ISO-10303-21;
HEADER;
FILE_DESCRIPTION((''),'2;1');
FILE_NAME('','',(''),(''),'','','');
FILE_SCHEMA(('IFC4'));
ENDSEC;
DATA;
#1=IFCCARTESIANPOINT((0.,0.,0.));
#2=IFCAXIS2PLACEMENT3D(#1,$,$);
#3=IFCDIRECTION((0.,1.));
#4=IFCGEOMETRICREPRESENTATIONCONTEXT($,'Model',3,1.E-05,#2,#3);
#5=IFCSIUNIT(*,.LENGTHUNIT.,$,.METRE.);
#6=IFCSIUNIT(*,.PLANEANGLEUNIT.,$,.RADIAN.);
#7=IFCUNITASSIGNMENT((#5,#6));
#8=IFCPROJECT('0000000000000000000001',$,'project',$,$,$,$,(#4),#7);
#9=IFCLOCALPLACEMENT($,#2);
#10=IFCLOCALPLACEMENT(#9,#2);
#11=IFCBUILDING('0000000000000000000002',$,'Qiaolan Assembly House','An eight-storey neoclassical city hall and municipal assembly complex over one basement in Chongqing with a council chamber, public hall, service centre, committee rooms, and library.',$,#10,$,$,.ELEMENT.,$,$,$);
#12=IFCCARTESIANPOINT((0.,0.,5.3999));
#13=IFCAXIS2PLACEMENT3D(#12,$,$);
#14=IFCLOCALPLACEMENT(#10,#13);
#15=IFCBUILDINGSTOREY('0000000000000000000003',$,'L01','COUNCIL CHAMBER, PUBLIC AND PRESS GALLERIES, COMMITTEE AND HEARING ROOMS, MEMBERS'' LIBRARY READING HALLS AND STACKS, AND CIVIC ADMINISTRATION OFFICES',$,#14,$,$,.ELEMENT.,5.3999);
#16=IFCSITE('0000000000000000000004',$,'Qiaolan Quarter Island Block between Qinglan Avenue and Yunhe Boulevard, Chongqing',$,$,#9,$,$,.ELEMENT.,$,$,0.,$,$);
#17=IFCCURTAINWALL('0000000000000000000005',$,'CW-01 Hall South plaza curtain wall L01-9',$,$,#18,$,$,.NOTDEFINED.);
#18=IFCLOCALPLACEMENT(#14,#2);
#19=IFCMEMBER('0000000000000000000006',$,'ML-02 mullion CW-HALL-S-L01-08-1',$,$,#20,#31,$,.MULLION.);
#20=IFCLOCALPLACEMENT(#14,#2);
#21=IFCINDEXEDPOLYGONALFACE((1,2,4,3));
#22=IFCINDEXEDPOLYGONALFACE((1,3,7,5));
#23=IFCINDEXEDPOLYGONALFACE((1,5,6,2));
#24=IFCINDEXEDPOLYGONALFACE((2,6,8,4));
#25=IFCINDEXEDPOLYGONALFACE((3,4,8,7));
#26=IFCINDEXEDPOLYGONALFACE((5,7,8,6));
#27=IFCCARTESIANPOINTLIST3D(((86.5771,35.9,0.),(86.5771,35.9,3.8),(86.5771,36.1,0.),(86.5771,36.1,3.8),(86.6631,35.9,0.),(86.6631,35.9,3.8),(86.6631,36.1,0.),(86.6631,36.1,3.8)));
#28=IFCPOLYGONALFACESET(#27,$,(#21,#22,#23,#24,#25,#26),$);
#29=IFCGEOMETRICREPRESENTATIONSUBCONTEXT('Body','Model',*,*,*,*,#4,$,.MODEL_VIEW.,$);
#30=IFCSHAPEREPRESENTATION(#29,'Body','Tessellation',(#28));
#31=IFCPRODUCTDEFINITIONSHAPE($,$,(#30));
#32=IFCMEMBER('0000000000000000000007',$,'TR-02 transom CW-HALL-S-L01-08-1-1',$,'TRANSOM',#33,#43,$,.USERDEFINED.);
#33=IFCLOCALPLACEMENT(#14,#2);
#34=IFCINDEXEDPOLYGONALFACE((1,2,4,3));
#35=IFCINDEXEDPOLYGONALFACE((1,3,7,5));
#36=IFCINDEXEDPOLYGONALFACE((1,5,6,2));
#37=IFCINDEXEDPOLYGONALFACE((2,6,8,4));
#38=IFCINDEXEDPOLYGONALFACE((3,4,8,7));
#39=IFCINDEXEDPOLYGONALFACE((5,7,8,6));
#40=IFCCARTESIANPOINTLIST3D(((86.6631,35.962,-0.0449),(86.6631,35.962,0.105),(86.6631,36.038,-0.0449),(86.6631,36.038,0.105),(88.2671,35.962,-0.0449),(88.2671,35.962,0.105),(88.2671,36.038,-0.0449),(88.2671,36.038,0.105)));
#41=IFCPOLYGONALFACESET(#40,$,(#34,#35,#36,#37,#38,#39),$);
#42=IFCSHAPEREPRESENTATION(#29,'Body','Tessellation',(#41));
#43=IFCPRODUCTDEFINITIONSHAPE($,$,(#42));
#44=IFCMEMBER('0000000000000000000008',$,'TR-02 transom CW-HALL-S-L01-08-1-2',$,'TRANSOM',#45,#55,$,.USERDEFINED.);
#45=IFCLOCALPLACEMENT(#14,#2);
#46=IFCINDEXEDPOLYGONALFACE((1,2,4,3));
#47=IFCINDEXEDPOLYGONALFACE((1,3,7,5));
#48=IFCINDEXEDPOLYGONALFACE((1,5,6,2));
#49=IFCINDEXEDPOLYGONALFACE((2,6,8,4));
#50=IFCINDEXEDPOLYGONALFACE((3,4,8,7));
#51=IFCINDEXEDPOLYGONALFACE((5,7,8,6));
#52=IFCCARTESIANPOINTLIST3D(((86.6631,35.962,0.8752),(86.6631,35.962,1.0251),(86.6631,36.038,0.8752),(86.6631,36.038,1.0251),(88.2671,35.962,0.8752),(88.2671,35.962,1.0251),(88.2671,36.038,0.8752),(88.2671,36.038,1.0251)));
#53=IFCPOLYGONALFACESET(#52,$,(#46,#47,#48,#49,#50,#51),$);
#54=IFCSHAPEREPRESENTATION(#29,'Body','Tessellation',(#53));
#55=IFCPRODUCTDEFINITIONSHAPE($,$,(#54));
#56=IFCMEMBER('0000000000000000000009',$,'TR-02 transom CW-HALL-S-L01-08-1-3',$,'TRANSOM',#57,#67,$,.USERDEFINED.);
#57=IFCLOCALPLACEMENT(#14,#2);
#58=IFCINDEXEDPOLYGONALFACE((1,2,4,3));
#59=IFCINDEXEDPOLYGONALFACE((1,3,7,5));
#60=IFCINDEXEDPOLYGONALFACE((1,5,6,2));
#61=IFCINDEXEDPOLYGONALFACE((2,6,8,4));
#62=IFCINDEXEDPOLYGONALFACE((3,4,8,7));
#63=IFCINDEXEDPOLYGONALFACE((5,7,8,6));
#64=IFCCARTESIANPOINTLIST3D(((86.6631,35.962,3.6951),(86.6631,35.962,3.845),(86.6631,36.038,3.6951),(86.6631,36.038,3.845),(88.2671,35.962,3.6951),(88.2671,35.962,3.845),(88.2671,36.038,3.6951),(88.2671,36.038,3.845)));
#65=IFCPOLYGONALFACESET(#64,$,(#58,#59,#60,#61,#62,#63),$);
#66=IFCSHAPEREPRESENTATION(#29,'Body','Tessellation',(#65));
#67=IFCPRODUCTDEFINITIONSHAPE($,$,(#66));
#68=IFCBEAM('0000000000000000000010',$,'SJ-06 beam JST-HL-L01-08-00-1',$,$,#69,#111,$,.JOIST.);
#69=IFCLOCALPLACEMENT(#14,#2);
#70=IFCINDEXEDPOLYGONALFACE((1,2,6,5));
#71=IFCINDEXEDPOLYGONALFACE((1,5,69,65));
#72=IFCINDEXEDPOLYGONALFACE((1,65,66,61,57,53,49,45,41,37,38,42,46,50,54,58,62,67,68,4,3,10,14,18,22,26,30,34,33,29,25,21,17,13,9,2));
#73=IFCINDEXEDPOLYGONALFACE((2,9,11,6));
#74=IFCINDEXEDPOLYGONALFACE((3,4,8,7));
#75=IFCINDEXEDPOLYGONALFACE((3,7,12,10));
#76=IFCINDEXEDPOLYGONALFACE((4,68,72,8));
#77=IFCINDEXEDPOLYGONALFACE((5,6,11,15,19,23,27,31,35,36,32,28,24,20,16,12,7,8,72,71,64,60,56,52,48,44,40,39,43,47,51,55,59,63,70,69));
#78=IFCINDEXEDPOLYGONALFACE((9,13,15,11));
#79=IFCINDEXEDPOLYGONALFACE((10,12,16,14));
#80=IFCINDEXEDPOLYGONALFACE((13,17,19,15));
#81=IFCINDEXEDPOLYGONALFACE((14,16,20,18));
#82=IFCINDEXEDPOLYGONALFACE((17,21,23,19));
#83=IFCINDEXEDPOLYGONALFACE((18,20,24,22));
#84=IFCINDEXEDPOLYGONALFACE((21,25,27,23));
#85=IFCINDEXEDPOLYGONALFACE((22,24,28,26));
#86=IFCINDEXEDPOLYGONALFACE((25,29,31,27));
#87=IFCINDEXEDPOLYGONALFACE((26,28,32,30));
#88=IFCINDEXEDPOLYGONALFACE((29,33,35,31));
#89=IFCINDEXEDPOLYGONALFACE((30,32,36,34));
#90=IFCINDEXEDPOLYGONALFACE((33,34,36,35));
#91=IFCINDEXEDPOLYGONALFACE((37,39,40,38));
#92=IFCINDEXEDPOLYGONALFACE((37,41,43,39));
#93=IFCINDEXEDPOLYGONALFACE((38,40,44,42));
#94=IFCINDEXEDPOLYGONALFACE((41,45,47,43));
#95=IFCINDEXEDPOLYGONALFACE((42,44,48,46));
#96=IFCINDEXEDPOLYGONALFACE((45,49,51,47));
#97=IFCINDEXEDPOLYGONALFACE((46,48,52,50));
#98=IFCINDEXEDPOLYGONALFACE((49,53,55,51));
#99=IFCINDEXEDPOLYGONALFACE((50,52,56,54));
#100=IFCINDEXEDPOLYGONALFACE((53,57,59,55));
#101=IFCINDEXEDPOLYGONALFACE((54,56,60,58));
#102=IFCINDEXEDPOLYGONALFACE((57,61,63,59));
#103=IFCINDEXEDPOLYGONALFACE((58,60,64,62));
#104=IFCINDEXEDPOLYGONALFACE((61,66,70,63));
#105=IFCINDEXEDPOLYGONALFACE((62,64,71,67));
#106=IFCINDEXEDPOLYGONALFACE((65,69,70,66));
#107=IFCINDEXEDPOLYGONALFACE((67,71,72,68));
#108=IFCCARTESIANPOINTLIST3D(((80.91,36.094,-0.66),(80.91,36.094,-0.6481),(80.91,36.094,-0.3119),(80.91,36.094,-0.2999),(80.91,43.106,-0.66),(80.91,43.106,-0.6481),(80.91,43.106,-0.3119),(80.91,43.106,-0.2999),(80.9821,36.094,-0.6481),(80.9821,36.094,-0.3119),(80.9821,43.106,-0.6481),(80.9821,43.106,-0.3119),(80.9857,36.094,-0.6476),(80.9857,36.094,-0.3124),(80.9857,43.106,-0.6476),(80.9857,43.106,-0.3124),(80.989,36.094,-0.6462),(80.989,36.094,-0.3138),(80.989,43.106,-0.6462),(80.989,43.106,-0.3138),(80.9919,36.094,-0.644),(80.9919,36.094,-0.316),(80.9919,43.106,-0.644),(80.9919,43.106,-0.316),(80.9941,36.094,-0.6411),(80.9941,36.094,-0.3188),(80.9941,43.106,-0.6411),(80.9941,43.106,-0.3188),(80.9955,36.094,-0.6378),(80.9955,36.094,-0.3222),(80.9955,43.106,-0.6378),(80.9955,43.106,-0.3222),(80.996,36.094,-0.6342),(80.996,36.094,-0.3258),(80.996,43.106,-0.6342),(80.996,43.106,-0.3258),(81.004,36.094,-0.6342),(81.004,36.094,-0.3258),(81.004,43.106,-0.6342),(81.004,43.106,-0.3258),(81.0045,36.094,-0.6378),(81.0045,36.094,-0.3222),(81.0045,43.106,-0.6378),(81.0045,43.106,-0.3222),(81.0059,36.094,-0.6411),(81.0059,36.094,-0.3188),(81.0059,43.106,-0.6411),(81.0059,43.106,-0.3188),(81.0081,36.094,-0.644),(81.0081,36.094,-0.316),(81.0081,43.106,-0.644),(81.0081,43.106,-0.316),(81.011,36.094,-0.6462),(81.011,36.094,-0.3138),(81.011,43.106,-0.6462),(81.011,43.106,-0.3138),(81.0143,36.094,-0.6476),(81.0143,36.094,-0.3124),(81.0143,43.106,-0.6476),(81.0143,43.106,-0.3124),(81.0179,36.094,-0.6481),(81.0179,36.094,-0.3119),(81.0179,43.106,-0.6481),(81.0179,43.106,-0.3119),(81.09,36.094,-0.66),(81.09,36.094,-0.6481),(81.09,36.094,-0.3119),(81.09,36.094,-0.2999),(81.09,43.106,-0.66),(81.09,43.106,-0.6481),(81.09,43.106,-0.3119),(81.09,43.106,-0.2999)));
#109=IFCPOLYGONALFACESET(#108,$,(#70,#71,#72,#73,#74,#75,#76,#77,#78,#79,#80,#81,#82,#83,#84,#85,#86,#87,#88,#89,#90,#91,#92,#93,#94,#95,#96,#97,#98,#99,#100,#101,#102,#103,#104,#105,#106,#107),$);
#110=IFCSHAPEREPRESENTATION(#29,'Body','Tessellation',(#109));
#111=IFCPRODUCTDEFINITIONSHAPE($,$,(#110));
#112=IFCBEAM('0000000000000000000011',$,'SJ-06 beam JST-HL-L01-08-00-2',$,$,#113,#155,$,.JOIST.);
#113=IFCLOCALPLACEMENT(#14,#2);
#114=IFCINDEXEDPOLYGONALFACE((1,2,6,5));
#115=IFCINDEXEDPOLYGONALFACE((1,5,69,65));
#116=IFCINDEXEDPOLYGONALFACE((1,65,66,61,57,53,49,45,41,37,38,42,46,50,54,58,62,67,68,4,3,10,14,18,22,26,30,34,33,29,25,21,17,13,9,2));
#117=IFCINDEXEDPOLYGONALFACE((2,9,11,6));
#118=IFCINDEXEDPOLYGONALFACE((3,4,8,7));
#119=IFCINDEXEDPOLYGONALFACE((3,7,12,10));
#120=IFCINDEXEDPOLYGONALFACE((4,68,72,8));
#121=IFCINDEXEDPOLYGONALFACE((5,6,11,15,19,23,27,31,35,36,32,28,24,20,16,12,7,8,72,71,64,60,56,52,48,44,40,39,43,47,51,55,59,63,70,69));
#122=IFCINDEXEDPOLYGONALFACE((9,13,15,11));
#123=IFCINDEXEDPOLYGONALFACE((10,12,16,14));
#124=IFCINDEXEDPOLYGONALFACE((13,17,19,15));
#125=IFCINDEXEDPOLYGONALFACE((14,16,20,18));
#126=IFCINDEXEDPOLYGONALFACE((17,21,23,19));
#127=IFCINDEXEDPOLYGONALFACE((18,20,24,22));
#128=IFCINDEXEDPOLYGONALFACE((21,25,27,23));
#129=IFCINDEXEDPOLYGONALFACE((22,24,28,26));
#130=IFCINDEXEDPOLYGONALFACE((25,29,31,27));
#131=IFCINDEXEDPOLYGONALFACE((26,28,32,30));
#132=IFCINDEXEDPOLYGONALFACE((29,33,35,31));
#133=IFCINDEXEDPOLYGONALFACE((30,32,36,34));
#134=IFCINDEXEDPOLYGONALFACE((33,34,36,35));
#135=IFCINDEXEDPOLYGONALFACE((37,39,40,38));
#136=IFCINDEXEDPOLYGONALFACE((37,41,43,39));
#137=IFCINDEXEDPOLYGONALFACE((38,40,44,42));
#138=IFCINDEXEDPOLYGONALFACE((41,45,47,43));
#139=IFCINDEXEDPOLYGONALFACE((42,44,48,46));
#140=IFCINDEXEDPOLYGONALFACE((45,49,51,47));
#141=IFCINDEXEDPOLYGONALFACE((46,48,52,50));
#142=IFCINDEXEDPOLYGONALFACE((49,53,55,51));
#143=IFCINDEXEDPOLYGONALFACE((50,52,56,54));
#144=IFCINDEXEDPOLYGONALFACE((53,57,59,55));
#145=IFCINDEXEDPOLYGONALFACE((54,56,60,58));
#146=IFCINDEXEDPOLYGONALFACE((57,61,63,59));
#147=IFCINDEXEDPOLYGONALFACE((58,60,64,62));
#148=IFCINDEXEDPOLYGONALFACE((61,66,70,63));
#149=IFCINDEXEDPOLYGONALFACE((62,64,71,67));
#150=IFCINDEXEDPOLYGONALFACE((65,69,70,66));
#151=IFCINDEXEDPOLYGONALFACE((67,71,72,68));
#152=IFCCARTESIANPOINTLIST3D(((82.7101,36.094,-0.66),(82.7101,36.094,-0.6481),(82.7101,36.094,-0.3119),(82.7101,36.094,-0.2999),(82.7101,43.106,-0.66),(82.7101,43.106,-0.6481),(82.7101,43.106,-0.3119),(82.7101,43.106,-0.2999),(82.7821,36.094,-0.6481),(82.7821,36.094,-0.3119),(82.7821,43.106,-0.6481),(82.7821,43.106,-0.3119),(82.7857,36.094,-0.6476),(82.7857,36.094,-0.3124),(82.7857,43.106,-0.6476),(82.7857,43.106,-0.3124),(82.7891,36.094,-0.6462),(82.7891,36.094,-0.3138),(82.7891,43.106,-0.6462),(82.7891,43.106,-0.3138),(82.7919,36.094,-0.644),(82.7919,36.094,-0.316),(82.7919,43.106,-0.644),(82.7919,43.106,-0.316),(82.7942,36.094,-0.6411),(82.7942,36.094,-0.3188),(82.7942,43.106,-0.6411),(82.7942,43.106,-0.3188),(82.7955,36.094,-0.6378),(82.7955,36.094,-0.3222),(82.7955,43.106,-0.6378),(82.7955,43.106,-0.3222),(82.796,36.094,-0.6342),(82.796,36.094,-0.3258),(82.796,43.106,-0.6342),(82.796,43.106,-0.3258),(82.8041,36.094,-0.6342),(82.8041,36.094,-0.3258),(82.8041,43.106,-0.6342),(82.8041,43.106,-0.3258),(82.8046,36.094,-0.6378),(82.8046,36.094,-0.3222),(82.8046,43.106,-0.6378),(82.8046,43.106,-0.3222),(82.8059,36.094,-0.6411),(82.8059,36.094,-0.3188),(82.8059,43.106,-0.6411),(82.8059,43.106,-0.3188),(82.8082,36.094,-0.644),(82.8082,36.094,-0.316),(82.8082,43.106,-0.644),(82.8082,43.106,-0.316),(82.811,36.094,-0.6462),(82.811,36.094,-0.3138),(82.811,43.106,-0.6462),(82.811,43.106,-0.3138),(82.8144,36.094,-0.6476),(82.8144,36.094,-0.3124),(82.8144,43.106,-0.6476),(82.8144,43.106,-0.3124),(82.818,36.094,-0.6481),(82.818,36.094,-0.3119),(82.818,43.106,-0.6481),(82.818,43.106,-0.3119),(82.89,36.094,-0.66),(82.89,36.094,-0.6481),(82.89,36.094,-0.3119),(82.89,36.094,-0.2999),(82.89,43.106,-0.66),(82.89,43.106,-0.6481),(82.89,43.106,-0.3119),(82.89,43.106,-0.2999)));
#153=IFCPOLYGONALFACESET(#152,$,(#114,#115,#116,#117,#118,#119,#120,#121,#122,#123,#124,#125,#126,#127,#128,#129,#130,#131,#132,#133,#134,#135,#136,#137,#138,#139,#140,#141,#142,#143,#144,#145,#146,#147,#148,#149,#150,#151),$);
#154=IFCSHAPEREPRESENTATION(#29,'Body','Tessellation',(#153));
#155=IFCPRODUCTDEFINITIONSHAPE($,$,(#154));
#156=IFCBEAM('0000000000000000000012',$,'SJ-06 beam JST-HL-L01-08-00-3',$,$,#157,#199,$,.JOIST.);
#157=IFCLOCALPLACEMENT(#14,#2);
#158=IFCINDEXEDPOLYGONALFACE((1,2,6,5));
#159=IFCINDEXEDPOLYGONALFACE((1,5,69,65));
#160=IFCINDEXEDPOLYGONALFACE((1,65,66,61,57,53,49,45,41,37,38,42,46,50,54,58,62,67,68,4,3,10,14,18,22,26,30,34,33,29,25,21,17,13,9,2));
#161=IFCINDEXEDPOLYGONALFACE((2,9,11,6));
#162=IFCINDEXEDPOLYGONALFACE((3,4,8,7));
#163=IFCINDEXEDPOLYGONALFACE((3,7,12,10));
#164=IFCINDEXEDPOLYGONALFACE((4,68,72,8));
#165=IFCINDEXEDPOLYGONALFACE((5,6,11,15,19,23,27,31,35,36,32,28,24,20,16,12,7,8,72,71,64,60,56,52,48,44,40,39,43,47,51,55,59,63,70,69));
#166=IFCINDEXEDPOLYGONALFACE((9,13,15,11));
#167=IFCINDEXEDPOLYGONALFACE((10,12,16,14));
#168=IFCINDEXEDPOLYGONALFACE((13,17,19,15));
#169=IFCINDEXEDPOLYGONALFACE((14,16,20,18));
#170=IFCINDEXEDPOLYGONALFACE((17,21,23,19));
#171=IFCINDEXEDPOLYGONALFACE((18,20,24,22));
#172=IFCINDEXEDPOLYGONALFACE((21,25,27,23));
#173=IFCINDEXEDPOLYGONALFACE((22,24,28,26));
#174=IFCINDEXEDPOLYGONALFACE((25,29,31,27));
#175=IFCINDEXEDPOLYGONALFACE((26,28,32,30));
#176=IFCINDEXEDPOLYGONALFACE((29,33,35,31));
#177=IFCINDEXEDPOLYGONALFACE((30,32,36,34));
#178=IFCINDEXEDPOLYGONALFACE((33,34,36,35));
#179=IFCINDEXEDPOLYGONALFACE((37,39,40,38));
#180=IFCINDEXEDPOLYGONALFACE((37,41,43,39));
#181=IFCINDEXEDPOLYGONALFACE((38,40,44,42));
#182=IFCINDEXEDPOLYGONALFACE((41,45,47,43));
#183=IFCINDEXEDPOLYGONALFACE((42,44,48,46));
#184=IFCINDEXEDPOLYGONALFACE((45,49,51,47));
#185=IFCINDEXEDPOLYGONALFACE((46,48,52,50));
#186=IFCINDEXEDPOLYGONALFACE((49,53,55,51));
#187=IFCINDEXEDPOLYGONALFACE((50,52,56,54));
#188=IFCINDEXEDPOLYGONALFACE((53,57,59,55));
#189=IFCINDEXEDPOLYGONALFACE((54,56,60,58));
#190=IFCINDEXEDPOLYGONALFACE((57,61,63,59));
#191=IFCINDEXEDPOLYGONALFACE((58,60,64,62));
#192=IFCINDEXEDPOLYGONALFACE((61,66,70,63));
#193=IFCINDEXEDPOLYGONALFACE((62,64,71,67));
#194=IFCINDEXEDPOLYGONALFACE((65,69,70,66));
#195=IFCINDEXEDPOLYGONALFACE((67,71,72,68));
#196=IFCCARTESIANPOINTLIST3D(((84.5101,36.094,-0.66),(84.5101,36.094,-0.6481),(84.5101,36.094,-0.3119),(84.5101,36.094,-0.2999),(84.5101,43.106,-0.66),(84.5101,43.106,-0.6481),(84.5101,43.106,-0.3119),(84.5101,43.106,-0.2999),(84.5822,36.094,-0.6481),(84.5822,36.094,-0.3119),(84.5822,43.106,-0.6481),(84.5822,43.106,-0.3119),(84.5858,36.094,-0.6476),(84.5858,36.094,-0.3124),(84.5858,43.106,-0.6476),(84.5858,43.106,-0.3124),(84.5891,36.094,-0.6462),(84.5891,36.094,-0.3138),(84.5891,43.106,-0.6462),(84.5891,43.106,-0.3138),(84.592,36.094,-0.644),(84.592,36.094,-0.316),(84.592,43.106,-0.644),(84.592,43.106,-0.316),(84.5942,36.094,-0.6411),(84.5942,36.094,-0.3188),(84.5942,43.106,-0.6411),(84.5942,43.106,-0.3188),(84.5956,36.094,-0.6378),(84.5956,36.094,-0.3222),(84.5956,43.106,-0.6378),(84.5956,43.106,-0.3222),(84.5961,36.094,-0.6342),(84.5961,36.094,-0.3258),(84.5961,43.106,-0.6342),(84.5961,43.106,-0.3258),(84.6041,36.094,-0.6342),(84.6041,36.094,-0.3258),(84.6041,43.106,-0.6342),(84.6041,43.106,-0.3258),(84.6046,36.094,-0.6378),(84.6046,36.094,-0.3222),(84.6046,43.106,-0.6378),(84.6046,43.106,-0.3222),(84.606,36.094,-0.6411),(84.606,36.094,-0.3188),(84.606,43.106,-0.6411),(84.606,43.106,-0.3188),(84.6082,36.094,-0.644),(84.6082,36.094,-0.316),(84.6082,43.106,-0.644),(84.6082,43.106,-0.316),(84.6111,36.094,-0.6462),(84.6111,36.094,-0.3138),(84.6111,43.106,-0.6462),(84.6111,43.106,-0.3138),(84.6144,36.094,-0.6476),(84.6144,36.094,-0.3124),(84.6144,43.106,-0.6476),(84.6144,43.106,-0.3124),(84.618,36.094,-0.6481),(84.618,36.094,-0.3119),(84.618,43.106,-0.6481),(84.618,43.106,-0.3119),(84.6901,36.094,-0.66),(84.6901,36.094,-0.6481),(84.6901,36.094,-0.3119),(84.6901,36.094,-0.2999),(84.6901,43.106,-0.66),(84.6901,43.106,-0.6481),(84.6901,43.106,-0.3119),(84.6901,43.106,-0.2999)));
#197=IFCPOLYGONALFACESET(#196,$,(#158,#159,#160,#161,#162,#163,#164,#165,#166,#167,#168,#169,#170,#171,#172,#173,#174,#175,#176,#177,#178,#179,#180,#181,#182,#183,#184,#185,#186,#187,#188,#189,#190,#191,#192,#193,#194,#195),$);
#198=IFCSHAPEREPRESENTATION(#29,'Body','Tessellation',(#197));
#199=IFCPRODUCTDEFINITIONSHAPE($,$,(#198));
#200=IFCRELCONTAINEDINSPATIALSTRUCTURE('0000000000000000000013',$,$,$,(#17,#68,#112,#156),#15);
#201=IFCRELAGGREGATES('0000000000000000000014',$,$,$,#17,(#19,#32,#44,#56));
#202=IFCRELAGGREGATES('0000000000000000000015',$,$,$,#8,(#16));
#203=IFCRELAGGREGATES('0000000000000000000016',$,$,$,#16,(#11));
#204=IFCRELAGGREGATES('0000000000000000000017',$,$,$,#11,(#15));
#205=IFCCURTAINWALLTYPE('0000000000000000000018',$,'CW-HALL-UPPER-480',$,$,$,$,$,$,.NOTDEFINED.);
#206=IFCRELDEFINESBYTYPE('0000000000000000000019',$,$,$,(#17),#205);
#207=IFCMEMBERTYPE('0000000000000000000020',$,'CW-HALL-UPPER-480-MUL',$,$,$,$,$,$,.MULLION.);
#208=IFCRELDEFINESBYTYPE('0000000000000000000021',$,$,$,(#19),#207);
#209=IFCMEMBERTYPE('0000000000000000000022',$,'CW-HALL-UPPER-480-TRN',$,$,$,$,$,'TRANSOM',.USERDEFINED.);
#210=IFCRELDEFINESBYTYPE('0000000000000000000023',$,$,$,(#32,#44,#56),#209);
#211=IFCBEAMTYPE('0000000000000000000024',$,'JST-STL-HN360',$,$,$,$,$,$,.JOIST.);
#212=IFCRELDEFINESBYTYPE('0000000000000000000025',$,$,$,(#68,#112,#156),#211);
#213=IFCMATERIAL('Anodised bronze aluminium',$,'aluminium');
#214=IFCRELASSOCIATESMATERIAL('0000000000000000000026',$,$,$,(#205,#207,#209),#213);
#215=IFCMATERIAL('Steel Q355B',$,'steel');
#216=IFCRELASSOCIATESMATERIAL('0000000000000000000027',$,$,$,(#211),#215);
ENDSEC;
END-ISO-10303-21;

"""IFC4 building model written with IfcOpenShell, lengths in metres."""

from ifc_helpers import new_model, si_unit, direction, frame, origin, origin_2d, place, context, subcontext, project, spatial, rectangle, i_section, extrude, material, material_profile, profile_set, type_object, element, aggregate, save


model = new_model("IFC4")

# Units and contexts
model_context = context("Model", 3, precision=1e-05, world=origin(), true_north=direction((0.0, 1.0)))
body_context = subcontext(model_context, "Body", "Model", "MODEL_VIEW")
ifc_project = project(units=[si_unit("LENGTHUNIT", "METRE"), si_unit("PLANEANGLEUNIT", "RADIAN")], contexts=[model_context])

# Site, building, storey
site_placement = place(None, origin())
site = spatial("IfcSite", under=ifc_project, at=site_placement, Name="Qiaolan Quarter Island Block between Qinglan Avenue and Yunhe Boulevard, Chongqing", CompositionType="ELEMENT", RefElevation=0.0)
building_placement = place(site_placement, origin())
building = spatial("IfcBuilding", under=site, at=building_placement, Name="Qiaolan Assembly House", Description="An eight-storey neoclassical city hall and municipal assembly complex over one basement in Chongqing with a council chamber, public hall, service centre, committee rooms, and library.", CompositionType="ELEMENT")
storey_placement = place(building_placement, frame((0.0, 0.0, 5.3999)))
storey = spatial("IfcBuildingStorey", under=building, at=storey_placement, Name="L01", Description="COUNCIL CHAMBER, PUBLIC AND PRESS GALLERIES, COMMITTEE AND HEARING ROOMS, MEMBERS' LIBRARY READING HALLS AND STACKS, AND CIVIC ADMINISTRATION OFFICES", CompositionType="ELEMENT", Elevation=5.3999)

# Shared definitions
ifc_material_1 = material(Name="Steel Q355B", Category="steel")

# Curtain wall, members
ifc_material_2 = material(Name="Anodised bronze aluminium", Category="aluminium")
curtain_wall_type = type_object("IfcCurtainWallType", Name="CW-HALL-UPPER-480", PredefinedType="NOTDEFINED", material=ifc_material_2)
curtain_wall_placement = place(storey_placement, origin())
curtain_wall = element("IfcCurtainWall", 1, at=curtain_wall_placement, inside=storey, type_object=curtain_wall_type, Name="CW-01 Hall South plaza curtain wall L01-9", PredefinedType="NOTDEFINED")
ifc_material_profile_1 = material_profile(ifc_material_2, rectangle(XDim=0.0859, YDim=0.2, at=origin_2d()), Name="MUL 86x200")
ifc_profile_set_1 = profile_set([ifc_material_profile_1], Name="Anodised bronze aluminium")
member_type_1 = type_object("IfcMemberType", Name="CW-HALL-UPPER-480-MUL", PredefinedType="MULLION", material=ifc_profile_set_1)
member_1_placement = place(storey_placement, frame((86.6201, 36.0, 0.0), z_axis=(0.0, 0.0, 1.0), x_axis=(1.0, 0.0, 0.0)))
member_1 = element("IfcMember", 2, at=member_1_placement, type_object=member_type_1, Name="ML-02 mullion CW-HALL-S-L01-08-1", PredefinedType="MULLION", context=body_context, shape_type="SweptSolid", body=[
    extrude(rectangle(XDim=0.0859, YDim=0.2, at=origin_2d()), origin(), (0.0, 0.0, 1.0), 3.8),
])
ifc_material_profile_2 = material_profile(ifc_material_2, rectangle(XDim=0.0759, YDim=0.1499, at=origin_2d()), Name="TRN 76x150")
ifc_profile_set_2 = profile_set([ifc_material_profile_2], Name="Anodised bronze aluminium")
member_type_2 = type_object("IfcMemberType", Name="CW-HALL-UPPER-480-TRN", ElementType="TRANSOM", PredefinedType="USERDEFINED", material=ifc_profile_set_2)
member_2_placement = place(storey_placement, frame((86.6631, 36.0, 0.03), z_axis=(1.0, 0.0, 0.0), x_axis=(0.0, 1.0, 0.0)))
member_2 = element("IfcMember", 3, at=member_2_placement, type_object=member_type_2, Name="TR-02 transom CW-HALL-S-L01-08-1-1", ObjectType="TRANSOM", PredefinedType="USERDEFINED", context=body_context, shape_type="SweptSolid", body=[
    extrude(rectangle(XDim=0.0759, YDim=0.1499, at=origin_2d()), origin(), (0.0, 0.0, 1.0), 1.604),
])
member_3_placement = place(storey_placement, frame((86.6631, 36.0, 0.9502), z_axis=(1.0, 0.0, 0.0), x_axis=(0.0, 1.0, 0.0)))
member_3 = element("IfcMember", 4, at=member_3_placement, type_object=member_type_2, Name="TR-02 transom CW-HALL-S-L01-08-1-2", ObjectType="TRANSOM", PredefinedType="USERDEFINED", context=body_context, shape_type="SweptSolid", body=[
    extrude(rectangle(XDim=0.0759, YDim=0.1499, at=origin_2d()), origin(), (0.0, 0.0, 1.0), 1.604),
])
member_4_placement = place(storey_placement, frame((86.6631, 36.0, 3.77), z_axis=(1.0, 0.0, 0.0), x_axis=(0.0, 1.0, 0.0)))
member_4 = element("IfcMember", 5, at=member_4_placement, type_object=member_type_2, Name="TR-02 transom CW-HALL-S-L01-08-1-3", ObjectType="TRANSOM", PredefinedType="USERDEFINED", context=body_context, shape_type="SweptSolid", body=[
    extrude(rectangle(XDim=0.0759, YDim=0.1499, at=origin_2d()), origin(), (0.0, 0.0, 1.0), 1.604),
])

# Beams
ifc_material_profile_3 = material_profile(ifc_material_1, i_section(OverallWidth=0.1799, OverallDepth=0.3601, WebThickness=0.0081, FlangeThickness=0.012, FilletRadius=0.0139, at=origin_2d()), Name="HN 360x180x8x12")
ifc_profile_set_3 = profile_set([ifc_material_profile_3], Name="Steel Q355B")
beam_type_1 = type_object("IfcBeamType", Name="JST-STL-HN360", PredefinedType="JOIST", material=ifc_profile_set_3)
for number, where, z_axis, x_axis, name in (
    (6, (81.0, 36.094, -0.48), (0.0, 1.0, 0.0), (-1.0, 0.0, 0.0), "SJ-06 beam JST-HL-L01-08-00-1"),
    (7, (82.8, 36.094, -0.48), (0.0, 1.0, 0.0), (-1.0, 0.0, 0.0), "SJ-06 beam JST-HL-L01-08-00-2"),
    (8, (84.6001, 36.094, -0.48), (0.0, 1.0, 0.0), (-1.0, 0.0, 0.0), "SJ-06 beam JST-HL-L01-08-00-3"),
):
    element("IfcBeam", number, at=place(storey_placement, frame(where, z_axis=z_axis, x_axis=x_axis)), inside=storey, type_object=beam_type_1, Name=name, PredefinedType="JOIST", context=body_context, shape_type="SweptSolid", body=[
        extrude(i_section(OverallWidth=0.1799, OverallDepth=0.3601, WebThickness=0.0081, FlangeThickness=0.012, FilletRadius=0.0139, at=origin_2d()), origin(), (0.0, 0.0, 1.0), 7.012),
    ])

aggregate(curtain_wall, [member_1, member_2, member_3, member_4])

save(model, "model.ifc")
